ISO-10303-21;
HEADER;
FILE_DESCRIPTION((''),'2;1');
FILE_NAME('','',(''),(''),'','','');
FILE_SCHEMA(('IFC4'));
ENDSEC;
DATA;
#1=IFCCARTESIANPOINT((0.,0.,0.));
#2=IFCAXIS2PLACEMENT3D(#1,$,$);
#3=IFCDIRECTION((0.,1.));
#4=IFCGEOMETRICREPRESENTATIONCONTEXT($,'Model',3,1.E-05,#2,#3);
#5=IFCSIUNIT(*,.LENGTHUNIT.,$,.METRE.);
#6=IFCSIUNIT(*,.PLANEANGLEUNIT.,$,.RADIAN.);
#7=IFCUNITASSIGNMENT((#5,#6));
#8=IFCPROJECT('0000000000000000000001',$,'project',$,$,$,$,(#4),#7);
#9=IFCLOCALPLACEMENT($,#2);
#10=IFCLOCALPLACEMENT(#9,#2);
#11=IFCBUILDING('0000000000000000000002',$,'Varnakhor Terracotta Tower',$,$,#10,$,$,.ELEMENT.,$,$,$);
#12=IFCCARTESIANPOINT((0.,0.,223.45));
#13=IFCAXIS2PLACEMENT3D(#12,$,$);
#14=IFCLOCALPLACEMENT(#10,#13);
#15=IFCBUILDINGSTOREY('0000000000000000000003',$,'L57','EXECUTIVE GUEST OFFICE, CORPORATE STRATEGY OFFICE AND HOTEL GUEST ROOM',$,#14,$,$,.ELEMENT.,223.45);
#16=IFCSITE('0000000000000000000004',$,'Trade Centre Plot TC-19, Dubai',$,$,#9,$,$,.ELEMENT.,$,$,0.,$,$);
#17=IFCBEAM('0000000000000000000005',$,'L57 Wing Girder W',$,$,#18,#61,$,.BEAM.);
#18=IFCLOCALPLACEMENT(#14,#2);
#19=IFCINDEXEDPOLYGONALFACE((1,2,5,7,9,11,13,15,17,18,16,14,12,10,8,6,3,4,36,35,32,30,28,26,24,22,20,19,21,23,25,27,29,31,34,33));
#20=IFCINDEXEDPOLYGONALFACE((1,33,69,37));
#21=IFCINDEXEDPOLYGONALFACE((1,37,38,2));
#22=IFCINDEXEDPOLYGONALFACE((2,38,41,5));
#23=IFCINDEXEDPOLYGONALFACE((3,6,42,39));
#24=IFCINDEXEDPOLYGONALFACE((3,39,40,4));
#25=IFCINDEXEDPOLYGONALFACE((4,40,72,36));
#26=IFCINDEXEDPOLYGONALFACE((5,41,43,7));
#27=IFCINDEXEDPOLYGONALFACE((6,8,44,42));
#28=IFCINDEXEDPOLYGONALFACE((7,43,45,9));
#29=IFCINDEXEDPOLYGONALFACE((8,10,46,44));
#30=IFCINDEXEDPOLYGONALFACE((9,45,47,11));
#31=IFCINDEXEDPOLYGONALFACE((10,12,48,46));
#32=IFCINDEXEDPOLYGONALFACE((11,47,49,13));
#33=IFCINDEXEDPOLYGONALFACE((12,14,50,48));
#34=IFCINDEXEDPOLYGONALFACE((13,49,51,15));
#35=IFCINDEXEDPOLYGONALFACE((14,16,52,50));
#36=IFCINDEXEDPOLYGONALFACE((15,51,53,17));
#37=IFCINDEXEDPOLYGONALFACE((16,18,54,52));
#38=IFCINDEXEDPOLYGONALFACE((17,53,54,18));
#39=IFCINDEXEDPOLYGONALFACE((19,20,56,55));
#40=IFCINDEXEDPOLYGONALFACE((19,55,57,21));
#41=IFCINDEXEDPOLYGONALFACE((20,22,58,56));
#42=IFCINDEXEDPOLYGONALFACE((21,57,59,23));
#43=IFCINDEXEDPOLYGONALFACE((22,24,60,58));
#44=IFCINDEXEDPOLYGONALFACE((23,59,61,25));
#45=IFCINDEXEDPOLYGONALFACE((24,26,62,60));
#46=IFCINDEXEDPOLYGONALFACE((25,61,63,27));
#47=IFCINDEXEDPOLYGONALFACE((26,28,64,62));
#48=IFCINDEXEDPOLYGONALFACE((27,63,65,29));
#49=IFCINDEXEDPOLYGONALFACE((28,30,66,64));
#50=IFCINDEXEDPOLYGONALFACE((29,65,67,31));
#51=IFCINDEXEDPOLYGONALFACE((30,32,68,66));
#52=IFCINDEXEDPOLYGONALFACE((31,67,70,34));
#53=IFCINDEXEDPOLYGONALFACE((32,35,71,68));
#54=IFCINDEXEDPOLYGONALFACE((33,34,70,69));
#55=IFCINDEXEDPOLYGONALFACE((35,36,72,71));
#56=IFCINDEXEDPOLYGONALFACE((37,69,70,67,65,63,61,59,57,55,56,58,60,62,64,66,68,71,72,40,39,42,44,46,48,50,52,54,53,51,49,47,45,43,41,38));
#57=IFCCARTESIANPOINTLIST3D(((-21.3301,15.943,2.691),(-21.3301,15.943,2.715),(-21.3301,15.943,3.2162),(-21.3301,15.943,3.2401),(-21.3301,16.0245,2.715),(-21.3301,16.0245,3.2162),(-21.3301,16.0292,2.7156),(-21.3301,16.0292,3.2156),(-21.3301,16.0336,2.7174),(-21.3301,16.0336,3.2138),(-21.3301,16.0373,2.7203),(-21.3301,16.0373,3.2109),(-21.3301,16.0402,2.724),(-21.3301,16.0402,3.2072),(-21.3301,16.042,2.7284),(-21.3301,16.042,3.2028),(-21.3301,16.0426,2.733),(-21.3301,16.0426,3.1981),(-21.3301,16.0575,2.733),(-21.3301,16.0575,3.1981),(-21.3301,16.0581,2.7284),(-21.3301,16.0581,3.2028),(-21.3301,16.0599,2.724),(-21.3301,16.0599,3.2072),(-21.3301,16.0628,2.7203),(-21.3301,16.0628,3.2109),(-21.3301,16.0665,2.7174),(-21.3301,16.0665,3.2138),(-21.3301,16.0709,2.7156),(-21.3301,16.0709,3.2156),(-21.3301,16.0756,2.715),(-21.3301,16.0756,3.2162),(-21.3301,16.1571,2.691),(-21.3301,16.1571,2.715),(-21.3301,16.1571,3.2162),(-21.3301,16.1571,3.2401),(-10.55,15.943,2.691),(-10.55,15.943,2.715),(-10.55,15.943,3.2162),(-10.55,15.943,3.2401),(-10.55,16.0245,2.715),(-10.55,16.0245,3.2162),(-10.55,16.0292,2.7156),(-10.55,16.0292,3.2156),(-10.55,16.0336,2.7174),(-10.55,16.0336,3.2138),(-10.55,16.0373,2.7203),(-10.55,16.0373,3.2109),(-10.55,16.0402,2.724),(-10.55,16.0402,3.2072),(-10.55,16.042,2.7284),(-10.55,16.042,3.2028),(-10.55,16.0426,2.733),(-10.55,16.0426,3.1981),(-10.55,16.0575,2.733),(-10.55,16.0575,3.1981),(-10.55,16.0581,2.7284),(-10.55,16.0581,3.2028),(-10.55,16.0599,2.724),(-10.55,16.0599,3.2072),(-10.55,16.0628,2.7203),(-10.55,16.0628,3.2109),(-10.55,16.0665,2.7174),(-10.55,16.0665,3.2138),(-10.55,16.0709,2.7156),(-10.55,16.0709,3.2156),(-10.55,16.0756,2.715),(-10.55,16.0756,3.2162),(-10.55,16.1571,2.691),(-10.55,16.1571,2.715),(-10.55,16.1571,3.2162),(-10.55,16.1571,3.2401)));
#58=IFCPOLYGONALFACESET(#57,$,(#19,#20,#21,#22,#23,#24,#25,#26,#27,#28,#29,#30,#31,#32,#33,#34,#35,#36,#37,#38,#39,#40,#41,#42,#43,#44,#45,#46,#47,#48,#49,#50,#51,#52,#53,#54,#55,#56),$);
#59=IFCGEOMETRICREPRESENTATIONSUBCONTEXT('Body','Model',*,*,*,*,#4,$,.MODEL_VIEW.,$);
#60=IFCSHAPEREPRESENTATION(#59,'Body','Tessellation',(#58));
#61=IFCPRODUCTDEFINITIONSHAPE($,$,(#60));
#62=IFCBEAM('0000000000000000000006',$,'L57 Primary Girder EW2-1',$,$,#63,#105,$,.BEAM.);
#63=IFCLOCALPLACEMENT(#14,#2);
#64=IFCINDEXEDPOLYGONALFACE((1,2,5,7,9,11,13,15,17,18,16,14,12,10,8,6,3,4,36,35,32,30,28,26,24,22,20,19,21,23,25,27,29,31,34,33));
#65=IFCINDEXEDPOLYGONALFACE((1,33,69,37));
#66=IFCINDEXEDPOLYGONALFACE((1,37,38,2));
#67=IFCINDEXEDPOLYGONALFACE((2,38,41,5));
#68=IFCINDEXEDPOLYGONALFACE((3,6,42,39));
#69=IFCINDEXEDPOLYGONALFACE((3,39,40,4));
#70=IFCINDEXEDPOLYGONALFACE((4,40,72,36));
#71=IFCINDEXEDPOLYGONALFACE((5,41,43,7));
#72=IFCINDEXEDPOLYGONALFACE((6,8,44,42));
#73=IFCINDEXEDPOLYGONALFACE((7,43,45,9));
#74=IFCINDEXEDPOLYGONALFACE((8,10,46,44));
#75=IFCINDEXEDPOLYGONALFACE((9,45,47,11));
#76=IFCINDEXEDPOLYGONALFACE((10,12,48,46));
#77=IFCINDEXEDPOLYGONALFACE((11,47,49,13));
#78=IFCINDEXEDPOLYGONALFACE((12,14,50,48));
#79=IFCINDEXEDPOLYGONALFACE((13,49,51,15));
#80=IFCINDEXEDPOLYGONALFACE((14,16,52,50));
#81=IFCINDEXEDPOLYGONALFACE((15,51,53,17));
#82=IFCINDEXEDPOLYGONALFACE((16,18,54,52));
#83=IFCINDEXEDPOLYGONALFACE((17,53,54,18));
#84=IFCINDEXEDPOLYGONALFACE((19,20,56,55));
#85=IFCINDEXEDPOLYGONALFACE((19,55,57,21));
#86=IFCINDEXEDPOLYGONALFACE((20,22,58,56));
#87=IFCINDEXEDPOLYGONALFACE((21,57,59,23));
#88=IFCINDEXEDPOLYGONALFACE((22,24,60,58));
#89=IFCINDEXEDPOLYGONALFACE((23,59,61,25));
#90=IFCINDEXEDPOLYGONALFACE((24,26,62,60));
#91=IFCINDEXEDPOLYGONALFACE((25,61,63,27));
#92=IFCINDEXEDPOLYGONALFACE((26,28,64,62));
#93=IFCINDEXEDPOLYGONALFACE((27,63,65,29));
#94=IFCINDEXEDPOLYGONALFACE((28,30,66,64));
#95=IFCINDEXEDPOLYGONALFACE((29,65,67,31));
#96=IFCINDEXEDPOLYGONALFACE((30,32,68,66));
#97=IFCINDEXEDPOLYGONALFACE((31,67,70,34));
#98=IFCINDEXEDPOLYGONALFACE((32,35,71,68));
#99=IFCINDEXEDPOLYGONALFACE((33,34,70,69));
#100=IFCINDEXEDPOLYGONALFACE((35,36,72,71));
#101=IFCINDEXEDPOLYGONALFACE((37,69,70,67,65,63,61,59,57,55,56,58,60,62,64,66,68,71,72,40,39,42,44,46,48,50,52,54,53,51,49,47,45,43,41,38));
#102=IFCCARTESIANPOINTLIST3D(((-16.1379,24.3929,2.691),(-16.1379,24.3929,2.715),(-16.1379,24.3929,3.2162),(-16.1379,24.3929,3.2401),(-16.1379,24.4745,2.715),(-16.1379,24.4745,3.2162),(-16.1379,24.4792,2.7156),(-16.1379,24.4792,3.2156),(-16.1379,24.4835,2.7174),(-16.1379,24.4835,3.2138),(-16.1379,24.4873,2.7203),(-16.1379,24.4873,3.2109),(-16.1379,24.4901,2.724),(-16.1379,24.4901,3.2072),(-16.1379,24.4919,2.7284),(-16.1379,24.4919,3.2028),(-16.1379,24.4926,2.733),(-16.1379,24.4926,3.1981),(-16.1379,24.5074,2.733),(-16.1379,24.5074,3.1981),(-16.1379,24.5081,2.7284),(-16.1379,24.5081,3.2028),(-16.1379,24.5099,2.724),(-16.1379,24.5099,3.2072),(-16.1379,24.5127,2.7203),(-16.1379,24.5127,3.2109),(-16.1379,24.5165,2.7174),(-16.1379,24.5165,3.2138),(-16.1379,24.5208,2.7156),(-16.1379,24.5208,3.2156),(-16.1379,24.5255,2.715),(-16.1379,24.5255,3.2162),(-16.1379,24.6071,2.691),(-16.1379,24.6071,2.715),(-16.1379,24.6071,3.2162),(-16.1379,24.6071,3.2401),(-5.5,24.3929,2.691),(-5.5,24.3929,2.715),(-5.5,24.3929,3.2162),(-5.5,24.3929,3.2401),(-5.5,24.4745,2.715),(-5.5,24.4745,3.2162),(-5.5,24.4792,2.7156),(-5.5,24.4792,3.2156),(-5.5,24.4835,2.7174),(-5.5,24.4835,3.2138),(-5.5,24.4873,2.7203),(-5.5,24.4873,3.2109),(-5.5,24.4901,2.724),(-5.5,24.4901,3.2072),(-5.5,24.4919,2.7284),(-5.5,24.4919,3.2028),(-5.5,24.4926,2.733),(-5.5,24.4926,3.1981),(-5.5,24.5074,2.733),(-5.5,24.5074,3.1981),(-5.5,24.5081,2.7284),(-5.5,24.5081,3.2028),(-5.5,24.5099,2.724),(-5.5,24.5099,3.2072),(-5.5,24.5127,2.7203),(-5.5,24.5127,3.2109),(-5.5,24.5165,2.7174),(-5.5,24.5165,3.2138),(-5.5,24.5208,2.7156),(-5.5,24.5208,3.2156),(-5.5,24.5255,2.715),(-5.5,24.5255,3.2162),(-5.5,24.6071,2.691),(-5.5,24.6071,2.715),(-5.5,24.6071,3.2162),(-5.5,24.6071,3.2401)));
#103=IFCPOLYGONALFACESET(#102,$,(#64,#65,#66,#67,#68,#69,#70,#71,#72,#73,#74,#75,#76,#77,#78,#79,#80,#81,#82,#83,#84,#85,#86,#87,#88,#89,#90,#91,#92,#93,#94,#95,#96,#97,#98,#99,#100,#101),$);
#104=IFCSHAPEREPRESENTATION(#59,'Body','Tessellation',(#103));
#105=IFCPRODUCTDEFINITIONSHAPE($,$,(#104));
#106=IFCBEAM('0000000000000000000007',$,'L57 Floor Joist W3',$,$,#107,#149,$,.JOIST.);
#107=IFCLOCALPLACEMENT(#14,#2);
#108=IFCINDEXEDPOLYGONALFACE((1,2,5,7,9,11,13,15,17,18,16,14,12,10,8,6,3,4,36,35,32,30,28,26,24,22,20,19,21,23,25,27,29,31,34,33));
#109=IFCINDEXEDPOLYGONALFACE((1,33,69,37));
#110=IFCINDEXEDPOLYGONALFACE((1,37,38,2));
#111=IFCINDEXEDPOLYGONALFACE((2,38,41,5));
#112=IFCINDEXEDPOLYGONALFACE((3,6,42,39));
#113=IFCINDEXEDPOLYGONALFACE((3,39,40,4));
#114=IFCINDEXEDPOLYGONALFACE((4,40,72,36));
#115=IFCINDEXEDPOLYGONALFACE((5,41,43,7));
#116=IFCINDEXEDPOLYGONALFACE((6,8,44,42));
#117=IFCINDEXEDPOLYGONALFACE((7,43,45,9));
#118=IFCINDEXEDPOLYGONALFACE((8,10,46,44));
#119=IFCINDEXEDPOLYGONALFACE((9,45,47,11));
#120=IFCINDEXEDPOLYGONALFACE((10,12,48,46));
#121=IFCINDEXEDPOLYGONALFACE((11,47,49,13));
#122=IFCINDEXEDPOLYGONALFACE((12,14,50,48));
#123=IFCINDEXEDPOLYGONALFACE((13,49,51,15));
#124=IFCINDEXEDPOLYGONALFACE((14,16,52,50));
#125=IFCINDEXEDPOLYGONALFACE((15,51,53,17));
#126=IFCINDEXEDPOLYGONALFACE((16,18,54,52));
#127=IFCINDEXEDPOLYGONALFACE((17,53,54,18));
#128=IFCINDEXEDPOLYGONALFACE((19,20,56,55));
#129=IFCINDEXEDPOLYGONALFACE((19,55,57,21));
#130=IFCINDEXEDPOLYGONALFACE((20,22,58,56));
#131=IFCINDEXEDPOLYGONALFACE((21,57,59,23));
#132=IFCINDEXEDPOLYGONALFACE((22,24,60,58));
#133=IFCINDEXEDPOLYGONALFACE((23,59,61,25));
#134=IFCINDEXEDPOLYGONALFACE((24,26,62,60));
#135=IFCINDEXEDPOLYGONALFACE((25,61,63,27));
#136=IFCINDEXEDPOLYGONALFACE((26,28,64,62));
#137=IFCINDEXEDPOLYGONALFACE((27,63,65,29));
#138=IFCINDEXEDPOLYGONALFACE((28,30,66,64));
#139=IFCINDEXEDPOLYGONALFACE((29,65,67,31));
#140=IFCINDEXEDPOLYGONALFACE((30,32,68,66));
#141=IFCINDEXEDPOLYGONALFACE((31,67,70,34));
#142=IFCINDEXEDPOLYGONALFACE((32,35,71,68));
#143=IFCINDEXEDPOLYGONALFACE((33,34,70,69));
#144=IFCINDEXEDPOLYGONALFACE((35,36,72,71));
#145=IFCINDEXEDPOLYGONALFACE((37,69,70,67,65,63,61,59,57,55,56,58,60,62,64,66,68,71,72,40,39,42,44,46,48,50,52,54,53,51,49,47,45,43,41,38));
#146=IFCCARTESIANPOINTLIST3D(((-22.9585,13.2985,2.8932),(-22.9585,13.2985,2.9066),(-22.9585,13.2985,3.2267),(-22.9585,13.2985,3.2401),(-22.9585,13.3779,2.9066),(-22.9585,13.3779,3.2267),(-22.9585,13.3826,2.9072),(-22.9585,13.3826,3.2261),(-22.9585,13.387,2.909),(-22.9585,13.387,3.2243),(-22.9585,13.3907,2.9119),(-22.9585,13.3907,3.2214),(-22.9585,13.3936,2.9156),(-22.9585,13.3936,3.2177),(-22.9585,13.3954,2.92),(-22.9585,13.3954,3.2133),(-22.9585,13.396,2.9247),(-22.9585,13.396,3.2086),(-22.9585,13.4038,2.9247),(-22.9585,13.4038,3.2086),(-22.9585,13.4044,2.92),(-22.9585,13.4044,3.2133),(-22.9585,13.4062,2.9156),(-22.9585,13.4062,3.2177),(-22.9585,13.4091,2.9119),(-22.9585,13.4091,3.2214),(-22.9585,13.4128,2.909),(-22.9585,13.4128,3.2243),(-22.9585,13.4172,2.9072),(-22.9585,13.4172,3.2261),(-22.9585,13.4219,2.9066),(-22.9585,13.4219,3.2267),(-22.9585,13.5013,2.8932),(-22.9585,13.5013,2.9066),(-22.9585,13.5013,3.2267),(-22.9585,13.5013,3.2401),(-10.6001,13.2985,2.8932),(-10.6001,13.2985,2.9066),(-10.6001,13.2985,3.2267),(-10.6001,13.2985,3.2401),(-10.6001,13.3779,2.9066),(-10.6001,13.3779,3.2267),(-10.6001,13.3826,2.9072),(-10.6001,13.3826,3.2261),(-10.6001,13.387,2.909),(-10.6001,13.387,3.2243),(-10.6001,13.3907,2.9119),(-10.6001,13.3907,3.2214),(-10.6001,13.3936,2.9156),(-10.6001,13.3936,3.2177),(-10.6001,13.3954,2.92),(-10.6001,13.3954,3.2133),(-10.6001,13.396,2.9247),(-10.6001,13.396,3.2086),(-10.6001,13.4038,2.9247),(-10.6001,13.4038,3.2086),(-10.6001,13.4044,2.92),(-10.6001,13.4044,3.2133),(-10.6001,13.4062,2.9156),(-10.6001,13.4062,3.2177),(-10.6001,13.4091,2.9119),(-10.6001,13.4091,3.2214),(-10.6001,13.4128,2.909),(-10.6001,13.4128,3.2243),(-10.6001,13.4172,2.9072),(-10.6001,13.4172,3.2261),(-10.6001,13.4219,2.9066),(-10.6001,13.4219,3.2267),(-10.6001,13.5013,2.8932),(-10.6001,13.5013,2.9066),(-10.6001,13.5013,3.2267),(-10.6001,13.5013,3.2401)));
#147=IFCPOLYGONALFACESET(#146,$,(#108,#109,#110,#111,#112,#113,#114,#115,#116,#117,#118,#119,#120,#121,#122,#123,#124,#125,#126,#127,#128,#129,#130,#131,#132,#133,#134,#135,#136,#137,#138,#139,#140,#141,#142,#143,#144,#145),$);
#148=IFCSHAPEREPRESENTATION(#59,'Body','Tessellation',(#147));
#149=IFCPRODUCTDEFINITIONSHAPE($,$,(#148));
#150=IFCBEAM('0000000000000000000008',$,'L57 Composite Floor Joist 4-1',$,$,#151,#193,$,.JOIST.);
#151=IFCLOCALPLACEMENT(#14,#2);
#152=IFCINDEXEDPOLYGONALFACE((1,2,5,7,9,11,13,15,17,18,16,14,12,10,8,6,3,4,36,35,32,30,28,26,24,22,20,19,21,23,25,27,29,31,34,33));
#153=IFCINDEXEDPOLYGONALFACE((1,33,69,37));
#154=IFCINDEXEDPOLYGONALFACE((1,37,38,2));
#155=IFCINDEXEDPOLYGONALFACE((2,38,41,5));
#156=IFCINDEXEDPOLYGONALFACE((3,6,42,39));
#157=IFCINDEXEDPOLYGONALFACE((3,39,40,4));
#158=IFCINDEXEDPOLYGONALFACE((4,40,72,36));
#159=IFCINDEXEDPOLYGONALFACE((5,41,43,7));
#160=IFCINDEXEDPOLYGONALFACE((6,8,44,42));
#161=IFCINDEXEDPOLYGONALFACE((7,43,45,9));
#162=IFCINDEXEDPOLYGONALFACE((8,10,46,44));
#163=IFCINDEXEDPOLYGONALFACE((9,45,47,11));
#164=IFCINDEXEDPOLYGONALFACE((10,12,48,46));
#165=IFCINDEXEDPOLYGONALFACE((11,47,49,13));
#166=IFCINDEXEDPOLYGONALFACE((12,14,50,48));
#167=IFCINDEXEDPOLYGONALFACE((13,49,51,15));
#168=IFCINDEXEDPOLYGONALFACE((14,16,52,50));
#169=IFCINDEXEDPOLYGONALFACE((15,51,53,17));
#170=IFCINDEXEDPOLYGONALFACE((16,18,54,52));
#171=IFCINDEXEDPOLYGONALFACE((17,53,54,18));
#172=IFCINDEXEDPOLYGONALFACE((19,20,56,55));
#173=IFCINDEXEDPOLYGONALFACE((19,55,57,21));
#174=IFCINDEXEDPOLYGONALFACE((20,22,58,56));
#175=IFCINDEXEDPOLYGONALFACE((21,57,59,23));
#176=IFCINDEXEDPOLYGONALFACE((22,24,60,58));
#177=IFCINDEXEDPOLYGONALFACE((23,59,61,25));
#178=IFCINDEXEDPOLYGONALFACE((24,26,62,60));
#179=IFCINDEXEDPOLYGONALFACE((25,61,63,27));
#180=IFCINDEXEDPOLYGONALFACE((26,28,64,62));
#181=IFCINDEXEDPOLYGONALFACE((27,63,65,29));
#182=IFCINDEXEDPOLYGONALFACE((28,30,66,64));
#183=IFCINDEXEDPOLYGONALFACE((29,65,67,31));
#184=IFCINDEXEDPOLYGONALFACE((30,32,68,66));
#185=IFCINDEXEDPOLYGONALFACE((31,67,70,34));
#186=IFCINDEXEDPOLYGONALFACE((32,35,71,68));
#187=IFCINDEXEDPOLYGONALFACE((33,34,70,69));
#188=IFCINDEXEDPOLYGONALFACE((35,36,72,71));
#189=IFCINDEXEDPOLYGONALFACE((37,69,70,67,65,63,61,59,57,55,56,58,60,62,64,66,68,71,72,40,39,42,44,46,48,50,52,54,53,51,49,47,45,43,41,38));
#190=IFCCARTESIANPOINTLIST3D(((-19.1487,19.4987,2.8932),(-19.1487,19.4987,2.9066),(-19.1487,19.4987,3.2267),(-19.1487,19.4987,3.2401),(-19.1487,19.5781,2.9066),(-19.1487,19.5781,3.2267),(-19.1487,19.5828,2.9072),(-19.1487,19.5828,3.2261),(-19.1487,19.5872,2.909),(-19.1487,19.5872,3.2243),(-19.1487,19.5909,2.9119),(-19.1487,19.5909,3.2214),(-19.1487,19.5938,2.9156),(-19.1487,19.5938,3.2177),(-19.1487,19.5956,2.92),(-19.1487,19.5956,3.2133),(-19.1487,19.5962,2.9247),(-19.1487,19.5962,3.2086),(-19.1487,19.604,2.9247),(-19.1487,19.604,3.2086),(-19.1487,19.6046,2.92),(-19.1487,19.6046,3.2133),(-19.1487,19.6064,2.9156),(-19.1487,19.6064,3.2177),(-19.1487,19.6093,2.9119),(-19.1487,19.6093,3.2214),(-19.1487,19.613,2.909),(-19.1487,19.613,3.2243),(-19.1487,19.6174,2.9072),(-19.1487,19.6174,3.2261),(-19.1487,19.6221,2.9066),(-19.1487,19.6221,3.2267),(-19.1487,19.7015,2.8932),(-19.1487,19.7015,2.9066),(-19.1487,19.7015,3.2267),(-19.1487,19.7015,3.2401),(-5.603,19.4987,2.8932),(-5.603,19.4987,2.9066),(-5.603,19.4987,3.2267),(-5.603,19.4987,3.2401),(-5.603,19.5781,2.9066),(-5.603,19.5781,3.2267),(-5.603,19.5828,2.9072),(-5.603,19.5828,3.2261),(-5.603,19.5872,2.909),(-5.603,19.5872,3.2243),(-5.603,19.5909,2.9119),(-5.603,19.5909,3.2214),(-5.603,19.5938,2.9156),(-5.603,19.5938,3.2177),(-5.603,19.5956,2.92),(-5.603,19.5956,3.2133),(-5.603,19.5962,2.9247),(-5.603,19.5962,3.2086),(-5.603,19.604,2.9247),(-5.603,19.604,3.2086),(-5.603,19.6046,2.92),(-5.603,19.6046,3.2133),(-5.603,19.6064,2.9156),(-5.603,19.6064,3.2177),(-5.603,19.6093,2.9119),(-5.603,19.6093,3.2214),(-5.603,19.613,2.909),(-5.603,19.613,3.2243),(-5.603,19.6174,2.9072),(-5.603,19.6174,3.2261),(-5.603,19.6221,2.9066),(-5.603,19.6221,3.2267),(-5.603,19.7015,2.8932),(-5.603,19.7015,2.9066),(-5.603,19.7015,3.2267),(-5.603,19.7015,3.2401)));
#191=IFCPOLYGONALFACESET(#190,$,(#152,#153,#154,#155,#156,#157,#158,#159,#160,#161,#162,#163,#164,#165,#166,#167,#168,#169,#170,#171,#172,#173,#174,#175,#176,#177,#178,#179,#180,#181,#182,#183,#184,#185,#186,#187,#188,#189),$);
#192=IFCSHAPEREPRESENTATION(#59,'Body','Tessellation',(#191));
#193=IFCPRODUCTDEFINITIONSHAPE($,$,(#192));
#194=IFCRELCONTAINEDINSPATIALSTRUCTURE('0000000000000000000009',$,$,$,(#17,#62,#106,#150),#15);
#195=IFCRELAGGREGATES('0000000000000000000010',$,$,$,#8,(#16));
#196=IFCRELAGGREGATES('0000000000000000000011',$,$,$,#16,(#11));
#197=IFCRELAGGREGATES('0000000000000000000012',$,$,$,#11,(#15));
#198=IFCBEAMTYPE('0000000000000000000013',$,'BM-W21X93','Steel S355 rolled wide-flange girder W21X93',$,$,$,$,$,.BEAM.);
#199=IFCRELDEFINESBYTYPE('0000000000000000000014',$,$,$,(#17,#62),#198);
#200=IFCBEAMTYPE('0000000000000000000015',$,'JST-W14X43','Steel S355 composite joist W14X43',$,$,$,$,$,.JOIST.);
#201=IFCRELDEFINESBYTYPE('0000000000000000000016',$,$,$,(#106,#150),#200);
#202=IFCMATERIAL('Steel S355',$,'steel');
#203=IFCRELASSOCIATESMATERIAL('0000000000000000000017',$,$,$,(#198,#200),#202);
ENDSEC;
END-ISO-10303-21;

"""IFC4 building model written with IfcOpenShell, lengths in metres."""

from ifc_helpers import new_model, si_unit, direction, frame, origin, origin_2d, place, context, subcontext, project, spatial, i_section, extrude, source, transform, mapped, material, material_profile, profile_set, type_object, element, save


model = new_model("IFC4")

# Units and contexts
model_context = context("Model", 3, precision=1e-05, world=origin(), true_north=direction((0.0, 1.0)))
body_context = subcontext(model_context, "Body", "Model", "MODEL_VIEW")
ifc_project = project(units=[si_unit("LENGTHUNIT", "METRE"), si_unit("PLANEANGLEUNIT", "RADIAN")], contexts=[model_context])

# Site, building, storey
site_placement = place(None, origin())
site = spatial("IfcSite", under=ifc_project, at=site_placement, Name="Trade Centre Plot TC-19, Dubai", CompositionType="ELEMENT", RefElevation=0.0)
building_placement = place(site_placement, origin())
building = spatial("IfcBuilding", under=site, at=building_placement, Name="Varnakhor Terracotta Tower", CompositionType="ELEMENT")
storey_placement = place(building_placement, frame((0.0, 0.0, 223.45)))
storey = spatial("IfcBuildingStorey", under=building, at=storey_placement, Name="L57", Description="EXECUTIVE GUEST OFFICE, CORPORATE STRATEGY OFFICE AND HOTEL GUEST ROOM", CompositionType="ELEMENT", Elevation=223.45)

# Beams
ifc_material_1 = material(Name="Steel S355", Category="steel")
ifc_material_profile_1 = material_profile(ifc_material_1, i_section(OverallWidth=0.2141, OverallDepth=0.5491, WebThickness=0.0149, FlangeThickness=0.0239, FilletRadius=0.0181, at=origin_2d()), Name="W21X93")
ifc_profile_set_1 = profile_set([ifc_material_profile_1], Name="Steel S355")
beam_type_1 = type_object("IfcBeamType", Name="BM-W21X93", Description="Steel S355 rolled wide-flange girder W21X93", PredefinedType="BEAM", material=ifc_profile_set_1)
shared_shape_1 = source(origin(), body_context, "Body", "SweptSolid", [
    extrude(i_section(OverallWidth=0.2141, OverallDepth=0.5491, WebThickness=0.0149, FlangeThickness=0.0239, FilletRadius=0.0181, at=origin_2d()), origin(), (0.0, 0.0, 1.0), 10.78),
])
beam_1_placement = place(storey_placement, frame((-21.3301, 16.05, 2.9656), z_axis=(1.0, 0.0, 0.0), x_axis=(0.0, 1.0, 0.0)))
element("IfcBeam", 1, at=beam_1_placement, inside=storey, type_object=beam_type_1, Name="L57 Wing Girder W", PredefinedType="BEAM", context=body_context, shape_type="MappedRepresentation", body=[
    mapped(shared_shape_1, transform((0.0, 0.0, 0.0), scale=1.0)),
])
shared_shape_2 = source(origin(), body_context, "Body", "SweptSolid", [
    extrude(i_section(OverallWidth=0.2141, OverallDepth=0.5491, WebThickness=0.0149, FlangeThickness=0.0239, FilletRadius=0.0181, at=origin_2d()), origin(), (0.0, 0.0, 1.0), 10.6379),
])
beam_2_placement = place(storey_placement, frame((-16.1379, 24.5, 2.9656), z_axis=(1.0, 0.0, 0.0), x_axis=(0.0, 1.0, 0.0)))
element("IfcBeam", 2, at=beam_2_placement, inside=storey, type_object=beam_type_1, Name="L57 Primary Girder EW2-1", PredefinedType="BEAM", context=body_context, shape_type="MappedRepresentation", body=[
    mapped(shared_shape_2, transform((0.0, 0.0, 0.0), scale=1.0)),
])
ifc_material_profile_2 = material_profile(ifc_material_1, i_section(OverallWidth=0.2029, OverallDepth=0.3469, WebThickness=0.0078, FlangeThickness=0.0134, FilletRadius=0.0181, at=origin_2d()), Name="W14X43")
ifc_profile_set_2 = profile_set([ifc_material_profile_2], Name="Steel S355")
beam_type_2 = type_object("IfcBeamType", Name="JST-W14X43", Description="Steel S355 composite joist W14X43", PredefinedType="JOIST", material=ifc_profile_set_2)
shared_shape_3 = source(origin(), body_context, "Body", "SweptSolid", [
    extrude(i_section(OverallWidth=0.2029, OverallDepth=0.3469, WebThickness=0.0078, FlangeThickness=0.0134, FilletRadius=0.0181, at=origin_2d()), origin(), (0.0, 0.0, 1.0), 12.3584),
])
beam_3_placement = place(storey_placement, frame((-22.9585, 13.3999, 3.0667), z_axis=(1.0, 0.0, 0.0), x_axis=(0.0, 1.0, 0.0)))
element("IfcBeam", 3, at=beam_3_placement, inside=storey, type_object=beam_type_2, Name="L57 Floor Joist W3", PredefinedType="JOIST", context=body_context, shape_type="MappedRepresentation", body=[
    mapped(shared_shape_3, transform((0.0, 0.0, 0.0), scale=1.0)),
])
shared_shape_4 = source(origin(), body_context, "Body", "SweptSolid", [
    extrude(i_section(OverallWidth=0.2029, OverallDepth=0.3469, WebThickness=0.0078, FlangeThickness=0.0134, FilletRadius=0.0181, at=origin_2d()), origin(), (0.0, 0.0, 1.0), 13.5457),
])
beam_4_placement = place(storey_placement, frame((-19.1487, 19.6001, 3.0667), z_axis=(1.0, 0.0, 0.0), x_axis=(0.0, 1.0, 0.0)))
element("IfcBeam", 4, at=beam_4_placement, inside=storey, type_object=beam_type_2, Name="L57 Composite Floor Joist 4-1", PredefinedType="JOIST", context=body_context, shape_type="MappedRepresentation", body=[
    mapped(shared_shape_4, transform((0.0, 0.0, 0.0), scale=1.0)),
])

save(model, "model.ifc")
